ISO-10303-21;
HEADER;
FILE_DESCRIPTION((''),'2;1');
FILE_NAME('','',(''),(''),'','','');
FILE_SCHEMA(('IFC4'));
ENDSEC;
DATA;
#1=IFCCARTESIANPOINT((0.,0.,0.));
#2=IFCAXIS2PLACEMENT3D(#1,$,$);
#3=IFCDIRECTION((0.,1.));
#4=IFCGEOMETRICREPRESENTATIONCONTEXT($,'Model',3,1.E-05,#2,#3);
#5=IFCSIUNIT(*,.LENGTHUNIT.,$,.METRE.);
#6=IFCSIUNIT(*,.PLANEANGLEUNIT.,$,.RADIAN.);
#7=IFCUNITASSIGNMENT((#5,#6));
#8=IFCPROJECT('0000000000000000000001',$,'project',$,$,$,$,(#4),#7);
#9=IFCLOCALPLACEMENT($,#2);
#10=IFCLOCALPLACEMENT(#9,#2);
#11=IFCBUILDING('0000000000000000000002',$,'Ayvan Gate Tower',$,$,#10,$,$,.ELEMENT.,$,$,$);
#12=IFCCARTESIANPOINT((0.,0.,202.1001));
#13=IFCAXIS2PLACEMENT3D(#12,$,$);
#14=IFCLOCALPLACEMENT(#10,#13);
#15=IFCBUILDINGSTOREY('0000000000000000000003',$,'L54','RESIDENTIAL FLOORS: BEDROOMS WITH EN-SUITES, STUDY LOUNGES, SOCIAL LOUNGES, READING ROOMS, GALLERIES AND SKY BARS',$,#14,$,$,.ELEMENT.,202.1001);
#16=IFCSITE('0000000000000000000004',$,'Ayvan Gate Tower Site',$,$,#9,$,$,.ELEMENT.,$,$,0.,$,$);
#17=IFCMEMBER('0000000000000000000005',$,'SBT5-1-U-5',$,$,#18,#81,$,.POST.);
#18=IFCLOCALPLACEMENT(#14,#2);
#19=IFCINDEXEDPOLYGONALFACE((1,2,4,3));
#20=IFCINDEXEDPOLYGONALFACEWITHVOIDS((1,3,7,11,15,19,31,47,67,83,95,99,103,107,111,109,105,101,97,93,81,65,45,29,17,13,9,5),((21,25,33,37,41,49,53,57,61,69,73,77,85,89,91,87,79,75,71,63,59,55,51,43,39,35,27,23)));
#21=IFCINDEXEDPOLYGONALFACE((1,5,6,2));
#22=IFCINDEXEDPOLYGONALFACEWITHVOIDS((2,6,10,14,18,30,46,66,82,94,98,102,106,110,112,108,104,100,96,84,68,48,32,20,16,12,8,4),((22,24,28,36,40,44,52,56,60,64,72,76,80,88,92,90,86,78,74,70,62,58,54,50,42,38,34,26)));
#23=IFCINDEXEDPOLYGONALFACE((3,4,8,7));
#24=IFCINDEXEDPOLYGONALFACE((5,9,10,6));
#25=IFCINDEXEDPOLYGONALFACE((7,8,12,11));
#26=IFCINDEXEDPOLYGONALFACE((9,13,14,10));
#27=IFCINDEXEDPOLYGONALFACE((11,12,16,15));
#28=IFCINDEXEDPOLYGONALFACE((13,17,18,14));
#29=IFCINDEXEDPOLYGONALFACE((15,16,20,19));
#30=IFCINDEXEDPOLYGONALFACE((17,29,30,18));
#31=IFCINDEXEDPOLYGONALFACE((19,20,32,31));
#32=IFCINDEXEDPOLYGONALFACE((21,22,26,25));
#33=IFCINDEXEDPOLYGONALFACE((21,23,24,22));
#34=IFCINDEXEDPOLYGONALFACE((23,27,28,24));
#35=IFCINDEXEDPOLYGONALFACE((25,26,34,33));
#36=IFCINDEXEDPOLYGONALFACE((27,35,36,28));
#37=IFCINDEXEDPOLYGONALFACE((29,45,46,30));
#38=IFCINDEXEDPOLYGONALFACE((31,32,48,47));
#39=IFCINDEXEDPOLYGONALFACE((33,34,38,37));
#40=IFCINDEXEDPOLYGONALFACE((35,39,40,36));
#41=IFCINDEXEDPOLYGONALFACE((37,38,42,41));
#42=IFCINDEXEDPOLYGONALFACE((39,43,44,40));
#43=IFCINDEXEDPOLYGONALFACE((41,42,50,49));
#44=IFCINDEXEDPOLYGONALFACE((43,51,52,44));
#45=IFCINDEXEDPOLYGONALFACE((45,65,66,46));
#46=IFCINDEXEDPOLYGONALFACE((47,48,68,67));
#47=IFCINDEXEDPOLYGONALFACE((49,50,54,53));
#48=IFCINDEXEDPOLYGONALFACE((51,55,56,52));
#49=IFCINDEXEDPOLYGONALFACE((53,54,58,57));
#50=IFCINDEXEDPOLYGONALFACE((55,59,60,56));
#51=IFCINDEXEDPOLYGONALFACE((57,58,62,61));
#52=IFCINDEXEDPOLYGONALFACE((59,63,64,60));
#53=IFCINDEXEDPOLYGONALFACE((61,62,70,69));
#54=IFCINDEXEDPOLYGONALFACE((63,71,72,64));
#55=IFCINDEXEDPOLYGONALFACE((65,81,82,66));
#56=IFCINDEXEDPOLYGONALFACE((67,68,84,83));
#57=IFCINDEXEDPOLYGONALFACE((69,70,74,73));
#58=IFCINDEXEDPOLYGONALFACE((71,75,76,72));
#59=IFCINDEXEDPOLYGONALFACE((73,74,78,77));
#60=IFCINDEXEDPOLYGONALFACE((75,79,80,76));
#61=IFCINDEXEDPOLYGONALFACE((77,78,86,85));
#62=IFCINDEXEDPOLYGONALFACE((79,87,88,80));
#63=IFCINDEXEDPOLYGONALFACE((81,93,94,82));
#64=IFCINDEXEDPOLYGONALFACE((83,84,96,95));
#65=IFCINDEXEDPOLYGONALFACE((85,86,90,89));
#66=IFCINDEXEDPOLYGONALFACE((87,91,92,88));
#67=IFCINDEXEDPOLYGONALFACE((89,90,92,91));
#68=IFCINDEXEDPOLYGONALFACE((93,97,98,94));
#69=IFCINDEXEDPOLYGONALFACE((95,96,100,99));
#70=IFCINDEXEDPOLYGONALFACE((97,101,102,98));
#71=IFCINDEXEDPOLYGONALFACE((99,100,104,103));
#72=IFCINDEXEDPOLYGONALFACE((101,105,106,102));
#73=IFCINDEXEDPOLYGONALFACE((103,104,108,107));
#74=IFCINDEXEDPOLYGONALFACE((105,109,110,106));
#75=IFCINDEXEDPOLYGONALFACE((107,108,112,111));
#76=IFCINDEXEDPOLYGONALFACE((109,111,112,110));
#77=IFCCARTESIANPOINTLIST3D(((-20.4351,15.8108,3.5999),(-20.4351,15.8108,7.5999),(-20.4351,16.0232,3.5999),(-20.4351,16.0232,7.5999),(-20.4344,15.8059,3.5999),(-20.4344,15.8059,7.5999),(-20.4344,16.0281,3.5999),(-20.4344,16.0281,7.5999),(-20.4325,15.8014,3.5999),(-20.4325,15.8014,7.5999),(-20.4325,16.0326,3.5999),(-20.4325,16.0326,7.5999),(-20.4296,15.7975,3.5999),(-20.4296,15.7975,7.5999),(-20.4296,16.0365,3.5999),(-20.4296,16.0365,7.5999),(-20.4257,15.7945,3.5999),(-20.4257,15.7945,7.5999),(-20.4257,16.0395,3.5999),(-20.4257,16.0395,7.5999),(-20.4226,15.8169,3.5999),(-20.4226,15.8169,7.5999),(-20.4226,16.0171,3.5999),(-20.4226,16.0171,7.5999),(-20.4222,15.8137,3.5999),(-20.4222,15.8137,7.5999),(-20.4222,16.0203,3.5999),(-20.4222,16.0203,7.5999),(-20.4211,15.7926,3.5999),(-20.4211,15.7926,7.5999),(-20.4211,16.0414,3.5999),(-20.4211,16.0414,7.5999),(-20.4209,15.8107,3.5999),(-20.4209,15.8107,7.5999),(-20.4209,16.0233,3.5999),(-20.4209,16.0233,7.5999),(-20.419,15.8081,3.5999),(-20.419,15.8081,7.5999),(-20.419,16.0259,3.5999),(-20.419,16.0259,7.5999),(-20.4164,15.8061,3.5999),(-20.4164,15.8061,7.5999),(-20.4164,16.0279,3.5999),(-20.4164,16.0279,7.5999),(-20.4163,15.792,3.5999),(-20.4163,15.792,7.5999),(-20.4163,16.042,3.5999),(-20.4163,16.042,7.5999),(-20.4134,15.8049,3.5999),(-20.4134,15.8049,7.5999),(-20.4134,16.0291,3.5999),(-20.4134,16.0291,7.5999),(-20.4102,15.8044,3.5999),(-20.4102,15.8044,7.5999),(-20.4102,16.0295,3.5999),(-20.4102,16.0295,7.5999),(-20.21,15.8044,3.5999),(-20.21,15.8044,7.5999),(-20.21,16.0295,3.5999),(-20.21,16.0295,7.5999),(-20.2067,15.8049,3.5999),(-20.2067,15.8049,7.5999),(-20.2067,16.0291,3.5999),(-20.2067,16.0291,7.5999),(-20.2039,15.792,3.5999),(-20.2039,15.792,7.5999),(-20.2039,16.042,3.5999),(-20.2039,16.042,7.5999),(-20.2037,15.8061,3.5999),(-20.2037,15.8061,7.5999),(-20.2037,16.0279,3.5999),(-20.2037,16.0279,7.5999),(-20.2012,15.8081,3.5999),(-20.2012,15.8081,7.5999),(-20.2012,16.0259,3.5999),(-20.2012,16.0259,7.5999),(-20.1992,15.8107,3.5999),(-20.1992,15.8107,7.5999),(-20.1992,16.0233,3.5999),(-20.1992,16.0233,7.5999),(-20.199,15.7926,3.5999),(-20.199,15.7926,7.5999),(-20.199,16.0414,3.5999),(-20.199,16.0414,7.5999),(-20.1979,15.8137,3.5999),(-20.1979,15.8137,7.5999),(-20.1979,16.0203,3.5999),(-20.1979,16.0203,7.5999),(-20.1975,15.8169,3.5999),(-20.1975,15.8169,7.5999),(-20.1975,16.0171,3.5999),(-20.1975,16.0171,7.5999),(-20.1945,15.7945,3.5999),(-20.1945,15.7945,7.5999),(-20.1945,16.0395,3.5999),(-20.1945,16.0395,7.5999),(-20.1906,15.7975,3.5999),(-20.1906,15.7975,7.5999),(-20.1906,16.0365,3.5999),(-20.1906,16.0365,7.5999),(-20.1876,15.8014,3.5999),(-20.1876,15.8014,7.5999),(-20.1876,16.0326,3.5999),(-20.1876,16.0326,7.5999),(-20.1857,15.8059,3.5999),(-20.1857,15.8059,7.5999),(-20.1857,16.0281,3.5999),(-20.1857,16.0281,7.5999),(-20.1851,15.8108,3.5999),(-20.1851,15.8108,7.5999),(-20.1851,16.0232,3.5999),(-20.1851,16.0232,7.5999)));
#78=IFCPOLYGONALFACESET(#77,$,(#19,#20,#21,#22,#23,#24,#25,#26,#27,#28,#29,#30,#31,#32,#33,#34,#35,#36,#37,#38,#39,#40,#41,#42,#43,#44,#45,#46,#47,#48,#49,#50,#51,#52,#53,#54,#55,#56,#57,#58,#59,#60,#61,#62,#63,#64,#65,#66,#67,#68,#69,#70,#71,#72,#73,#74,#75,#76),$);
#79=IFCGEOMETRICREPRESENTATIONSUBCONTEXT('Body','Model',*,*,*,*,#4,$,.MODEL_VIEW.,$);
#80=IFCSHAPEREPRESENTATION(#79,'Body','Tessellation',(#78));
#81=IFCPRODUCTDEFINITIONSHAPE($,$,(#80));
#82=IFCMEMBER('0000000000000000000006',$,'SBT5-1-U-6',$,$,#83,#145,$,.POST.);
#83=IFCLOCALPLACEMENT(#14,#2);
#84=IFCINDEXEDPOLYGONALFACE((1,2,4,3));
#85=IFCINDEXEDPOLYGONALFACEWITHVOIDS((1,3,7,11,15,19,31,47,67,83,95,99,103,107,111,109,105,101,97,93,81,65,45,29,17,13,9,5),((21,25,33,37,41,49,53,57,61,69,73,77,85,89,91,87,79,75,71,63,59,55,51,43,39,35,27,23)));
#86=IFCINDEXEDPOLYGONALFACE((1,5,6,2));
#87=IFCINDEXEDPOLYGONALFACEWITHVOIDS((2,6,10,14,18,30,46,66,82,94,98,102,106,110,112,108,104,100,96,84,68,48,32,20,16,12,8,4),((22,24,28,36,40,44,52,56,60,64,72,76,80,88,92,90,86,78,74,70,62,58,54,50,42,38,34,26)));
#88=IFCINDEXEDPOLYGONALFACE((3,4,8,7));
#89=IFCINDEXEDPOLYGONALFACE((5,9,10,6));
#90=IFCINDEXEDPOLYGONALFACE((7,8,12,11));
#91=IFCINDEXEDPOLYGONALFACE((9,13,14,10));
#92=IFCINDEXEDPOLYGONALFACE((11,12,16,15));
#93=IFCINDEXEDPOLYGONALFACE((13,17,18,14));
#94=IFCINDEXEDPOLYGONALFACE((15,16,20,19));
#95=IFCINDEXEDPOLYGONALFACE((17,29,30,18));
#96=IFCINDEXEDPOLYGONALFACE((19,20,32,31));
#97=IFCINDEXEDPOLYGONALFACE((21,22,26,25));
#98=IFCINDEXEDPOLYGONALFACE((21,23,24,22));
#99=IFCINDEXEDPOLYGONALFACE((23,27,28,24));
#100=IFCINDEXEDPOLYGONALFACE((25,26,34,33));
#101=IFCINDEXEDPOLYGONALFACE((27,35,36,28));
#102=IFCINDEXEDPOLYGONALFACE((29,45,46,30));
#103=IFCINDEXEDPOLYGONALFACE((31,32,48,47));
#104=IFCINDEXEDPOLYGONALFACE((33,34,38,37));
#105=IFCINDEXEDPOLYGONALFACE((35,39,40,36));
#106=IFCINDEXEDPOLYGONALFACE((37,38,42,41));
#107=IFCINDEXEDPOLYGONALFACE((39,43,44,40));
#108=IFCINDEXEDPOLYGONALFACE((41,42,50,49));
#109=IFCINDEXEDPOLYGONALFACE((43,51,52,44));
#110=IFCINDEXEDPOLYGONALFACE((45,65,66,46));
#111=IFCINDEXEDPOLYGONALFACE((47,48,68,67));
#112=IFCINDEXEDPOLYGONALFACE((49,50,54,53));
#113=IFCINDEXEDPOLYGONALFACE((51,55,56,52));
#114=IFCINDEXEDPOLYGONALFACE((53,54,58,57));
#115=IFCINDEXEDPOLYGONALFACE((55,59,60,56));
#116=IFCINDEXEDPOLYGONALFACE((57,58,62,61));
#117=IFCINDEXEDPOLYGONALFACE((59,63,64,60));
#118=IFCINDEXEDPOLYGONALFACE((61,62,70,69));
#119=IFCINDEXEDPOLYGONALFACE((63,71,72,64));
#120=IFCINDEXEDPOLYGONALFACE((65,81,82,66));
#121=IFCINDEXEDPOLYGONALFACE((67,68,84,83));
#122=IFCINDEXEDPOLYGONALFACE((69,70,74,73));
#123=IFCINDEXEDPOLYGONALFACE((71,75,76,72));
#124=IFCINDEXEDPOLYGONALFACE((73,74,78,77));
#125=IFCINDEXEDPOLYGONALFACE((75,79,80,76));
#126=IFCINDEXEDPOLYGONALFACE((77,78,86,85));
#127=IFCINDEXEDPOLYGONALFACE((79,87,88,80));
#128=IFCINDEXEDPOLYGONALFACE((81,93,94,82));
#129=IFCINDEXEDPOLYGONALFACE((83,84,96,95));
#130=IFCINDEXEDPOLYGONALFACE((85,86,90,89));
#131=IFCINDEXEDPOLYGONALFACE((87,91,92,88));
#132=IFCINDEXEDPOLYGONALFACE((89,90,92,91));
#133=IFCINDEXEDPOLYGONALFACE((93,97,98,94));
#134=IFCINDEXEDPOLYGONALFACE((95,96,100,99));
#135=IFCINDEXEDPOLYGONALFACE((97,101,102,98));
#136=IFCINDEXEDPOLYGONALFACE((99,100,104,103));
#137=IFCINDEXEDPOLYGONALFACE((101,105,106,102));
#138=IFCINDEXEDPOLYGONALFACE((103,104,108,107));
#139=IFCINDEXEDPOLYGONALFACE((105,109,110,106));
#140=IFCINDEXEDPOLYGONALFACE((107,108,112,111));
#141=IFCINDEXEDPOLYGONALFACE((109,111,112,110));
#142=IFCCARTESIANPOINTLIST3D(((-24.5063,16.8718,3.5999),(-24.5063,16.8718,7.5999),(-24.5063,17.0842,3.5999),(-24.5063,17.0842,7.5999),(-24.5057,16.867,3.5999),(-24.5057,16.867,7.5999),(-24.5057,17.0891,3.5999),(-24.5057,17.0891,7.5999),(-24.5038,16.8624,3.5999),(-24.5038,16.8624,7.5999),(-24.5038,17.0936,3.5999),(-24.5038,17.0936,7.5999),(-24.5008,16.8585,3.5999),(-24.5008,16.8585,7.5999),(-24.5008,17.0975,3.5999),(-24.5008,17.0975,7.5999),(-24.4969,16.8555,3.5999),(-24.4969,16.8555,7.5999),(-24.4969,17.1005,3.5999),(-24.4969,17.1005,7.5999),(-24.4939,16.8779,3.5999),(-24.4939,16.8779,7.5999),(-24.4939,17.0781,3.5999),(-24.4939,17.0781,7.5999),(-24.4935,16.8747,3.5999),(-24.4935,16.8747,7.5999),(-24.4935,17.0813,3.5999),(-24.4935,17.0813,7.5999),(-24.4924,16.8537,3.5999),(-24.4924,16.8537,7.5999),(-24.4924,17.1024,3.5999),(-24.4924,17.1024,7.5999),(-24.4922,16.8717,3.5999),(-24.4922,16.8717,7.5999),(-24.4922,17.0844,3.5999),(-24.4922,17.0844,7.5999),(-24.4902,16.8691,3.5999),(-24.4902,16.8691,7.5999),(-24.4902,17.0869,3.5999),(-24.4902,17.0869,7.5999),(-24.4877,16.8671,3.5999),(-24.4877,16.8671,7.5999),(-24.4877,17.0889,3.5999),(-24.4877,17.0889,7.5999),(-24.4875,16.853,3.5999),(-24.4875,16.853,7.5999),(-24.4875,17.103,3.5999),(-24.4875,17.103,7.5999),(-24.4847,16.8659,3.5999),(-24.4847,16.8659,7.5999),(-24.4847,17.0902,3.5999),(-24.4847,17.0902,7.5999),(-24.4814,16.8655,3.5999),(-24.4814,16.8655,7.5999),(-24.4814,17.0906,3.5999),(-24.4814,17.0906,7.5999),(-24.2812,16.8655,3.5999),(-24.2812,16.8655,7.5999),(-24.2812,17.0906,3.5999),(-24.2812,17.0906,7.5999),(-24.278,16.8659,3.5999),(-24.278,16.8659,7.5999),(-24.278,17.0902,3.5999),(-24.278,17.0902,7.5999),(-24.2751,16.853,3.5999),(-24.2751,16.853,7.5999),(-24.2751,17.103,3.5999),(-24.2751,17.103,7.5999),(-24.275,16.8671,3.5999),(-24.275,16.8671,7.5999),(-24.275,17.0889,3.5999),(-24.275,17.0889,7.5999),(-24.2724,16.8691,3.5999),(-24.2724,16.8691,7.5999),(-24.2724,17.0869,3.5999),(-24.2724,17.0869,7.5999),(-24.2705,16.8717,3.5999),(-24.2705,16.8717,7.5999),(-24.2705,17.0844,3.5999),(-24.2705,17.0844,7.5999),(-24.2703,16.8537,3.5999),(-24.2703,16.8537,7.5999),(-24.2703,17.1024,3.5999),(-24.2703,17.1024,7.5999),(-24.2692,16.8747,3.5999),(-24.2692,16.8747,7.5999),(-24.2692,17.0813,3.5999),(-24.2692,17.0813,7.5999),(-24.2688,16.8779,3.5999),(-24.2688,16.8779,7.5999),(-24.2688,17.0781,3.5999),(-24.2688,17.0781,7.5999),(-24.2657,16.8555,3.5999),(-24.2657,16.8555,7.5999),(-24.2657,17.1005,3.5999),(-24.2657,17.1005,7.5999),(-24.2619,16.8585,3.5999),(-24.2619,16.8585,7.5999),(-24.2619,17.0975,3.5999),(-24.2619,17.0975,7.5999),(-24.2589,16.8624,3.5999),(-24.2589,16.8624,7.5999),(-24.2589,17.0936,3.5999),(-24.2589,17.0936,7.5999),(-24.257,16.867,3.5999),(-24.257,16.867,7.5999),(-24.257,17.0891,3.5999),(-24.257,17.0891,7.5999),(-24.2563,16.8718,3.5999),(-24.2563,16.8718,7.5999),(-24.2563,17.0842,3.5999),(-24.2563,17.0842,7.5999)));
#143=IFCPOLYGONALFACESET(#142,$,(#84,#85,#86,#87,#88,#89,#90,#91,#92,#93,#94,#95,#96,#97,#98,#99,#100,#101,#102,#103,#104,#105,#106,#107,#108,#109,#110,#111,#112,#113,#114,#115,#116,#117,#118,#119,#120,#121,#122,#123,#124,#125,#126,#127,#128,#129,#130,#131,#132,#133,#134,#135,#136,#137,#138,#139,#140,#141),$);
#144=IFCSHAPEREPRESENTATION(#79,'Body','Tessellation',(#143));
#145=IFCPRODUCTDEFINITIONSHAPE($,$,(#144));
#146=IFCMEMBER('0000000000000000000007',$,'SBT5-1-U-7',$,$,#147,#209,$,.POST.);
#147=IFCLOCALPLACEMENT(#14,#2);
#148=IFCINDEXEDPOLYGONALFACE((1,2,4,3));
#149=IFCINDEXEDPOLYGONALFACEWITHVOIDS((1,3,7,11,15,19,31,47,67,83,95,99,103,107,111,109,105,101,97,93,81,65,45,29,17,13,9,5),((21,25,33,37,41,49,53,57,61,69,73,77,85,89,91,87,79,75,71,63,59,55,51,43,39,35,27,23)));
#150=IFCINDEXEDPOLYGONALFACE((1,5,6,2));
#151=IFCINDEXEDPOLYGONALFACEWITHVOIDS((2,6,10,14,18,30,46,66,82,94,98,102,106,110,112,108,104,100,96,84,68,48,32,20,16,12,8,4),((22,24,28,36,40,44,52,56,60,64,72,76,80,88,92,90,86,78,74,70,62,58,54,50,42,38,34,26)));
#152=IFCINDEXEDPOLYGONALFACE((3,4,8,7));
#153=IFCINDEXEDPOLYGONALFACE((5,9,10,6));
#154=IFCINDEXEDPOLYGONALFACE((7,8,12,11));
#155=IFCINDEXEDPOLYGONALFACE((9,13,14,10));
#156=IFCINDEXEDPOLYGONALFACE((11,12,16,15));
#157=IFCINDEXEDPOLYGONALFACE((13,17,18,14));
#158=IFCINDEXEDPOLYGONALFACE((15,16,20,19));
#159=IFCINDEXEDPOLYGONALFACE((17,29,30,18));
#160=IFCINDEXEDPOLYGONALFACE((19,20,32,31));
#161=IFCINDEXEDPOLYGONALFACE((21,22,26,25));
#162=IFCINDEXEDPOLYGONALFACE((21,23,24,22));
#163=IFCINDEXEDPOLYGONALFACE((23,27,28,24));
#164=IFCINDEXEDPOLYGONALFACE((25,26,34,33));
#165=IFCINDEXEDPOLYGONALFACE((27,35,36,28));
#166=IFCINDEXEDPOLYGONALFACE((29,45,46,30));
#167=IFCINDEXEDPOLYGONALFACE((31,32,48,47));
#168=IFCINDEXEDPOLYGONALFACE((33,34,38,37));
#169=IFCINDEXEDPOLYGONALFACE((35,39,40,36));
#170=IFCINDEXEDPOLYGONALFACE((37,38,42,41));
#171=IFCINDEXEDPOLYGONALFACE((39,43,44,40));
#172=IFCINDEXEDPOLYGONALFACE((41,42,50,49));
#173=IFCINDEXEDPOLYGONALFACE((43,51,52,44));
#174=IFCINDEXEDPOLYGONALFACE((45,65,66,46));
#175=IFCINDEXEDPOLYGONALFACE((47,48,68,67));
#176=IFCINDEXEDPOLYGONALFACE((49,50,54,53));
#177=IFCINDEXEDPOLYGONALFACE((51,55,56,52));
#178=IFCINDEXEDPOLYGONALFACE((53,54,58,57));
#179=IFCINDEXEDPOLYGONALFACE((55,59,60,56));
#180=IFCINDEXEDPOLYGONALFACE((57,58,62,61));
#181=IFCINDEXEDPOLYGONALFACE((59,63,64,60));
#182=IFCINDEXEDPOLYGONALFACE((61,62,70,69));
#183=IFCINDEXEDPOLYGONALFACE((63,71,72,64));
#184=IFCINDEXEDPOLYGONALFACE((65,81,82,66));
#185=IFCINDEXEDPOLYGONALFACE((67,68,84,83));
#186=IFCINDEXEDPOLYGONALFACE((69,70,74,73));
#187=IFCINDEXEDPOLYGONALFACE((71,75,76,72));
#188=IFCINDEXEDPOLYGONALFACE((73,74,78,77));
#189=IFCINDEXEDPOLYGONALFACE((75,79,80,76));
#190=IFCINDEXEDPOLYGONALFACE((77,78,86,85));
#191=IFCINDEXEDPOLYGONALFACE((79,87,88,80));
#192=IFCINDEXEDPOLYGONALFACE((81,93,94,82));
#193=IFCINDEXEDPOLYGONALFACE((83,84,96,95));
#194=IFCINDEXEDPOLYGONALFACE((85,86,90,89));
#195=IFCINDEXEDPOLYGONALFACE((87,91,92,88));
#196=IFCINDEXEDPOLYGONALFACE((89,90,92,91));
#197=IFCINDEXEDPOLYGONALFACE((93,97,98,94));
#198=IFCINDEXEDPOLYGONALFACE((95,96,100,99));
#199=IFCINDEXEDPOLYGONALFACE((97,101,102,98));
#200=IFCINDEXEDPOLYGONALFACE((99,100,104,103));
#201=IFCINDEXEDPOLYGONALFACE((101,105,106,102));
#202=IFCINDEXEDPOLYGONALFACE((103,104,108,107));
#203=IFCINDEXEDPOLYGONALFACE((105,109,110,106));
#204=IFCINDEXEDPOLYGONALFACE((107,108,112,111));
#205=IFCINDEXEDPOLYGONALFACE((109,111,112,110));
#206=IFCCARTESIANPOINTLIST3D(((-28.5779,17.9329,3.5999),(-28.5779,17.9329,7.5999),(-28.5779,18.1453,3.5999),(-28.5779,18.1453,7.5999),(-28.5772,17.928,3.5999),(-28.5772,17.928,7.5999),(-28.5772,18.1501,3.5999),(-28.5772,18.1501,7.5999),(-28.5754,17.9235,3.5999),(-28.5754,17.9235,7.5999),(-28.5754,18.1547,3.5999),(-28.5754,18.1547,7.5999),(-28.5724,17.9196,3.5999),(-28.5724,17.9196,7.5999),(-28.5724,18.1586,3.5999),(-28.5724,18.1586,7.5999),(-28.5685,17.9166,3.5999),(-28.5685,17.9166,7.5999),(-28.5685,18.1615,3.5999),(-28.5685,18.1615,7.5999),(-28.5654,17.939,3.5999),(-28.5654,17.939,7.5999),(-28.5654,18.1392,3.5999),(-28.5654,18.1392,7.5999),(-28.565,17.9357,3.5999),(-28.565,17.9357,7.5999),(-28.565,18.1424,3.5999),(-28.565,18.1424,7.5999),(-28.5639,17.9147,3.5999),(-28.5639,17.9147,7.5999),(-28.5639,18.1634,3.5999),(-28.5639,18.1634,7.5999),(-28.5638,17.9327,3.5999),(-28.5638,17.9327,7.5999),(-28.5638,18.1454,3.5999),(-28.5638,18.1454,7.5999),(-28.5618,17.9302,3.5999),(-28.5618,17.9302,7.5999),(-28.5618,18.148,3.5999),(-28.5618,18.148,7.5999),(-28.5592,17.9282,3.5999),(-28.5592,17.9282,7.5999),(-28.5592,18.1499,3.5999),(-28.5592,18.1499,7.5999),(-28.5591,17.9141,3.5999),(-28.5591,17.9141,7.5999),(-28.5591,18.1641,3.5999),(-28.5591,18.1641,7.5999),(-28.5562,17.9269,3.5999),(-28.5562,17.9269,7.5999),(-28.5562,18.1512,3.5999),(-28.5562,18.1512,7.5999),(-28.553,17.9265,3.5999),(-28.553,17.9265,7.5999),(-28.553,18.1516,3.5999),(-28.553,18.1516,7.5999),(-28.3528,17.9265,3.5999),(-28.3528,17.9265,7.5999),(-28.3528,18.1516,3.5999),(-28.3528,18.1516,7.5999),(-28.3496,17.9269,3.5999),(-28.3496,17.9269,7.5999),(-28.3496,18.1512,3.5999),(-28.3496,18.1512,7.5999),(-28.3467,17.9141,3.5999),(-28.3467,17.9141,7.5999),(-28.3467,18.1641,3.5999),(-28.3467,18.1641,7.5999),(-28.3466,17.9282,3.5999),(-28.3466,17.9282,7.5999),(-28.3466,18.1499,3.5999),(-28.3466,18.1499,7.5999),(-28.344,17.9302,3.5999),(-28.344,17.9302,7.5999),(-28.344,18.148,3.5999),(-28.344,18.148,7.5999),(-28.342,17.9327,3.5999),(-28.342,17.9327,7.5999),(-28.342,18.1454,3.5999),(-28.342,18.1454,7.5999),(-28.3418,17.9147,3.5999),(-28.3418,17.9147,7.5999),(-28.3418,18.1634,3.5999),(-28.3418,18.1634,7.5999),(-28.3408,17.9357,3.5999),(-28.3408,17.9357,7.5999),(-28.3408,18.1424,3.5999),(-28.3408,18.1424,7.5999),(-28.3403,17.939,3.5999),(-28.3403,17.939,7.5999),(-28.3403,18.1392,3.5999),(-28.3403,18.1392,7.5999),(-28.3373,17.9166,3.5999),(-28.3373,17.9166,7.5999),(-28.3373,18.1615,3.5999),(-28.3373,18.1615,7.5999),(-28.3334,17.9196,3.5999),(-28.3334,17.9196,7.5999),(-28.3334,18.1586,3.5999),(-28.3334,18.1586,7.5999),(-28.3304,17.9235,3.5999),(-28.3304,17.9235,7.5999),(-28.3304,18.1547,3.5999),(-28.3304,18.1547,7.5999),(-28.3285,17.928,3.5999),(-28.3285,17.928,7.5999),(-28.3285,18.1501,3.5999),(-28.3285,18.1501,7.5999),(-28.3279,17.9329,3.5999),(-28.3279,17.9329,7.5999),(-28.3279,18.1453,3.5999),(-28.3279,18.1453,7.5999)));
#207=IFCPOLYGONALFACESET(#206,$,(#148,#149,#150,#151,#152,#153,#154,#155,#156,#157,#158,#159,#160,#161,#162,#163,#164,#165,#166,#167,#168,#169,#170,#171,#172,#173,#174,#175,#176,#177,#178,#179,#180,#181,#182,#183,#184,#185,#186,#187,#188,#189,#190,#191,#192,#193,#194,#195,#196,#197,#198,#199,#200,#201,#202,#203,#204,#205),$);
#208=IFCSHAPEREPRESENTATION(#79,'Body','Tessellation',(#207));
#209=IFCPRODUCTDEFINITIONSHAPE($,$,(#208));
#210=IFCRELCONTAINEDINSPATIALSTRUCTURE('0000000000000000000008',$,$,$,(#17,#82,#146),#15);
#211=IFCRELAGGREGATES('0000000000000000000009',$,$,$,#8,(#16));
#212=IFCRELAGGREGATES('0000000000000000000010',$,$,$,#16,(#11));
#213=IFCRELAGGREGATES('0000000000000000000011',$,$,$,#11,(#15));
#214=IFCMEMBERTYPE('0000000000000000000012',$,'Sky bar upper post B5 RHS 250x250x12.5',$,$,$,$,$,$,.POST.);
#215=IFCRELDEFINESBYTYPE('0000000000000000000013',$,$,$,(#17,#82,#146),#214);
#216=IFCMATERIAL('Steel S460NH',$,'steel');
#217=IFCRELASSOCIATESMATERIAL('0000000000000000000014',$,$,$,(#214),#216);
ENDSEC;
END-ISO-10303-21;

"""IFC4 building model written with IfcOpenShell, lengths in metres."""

from ifc_helpers import new_model, si_unit, direction, frame, origin, origin_2d, place, context, subcontext, project, spatial, hollow_rectangle, extrude, material, material_profile, profile_set, type_object, element, save


model = new_model("IFC4")

# Units and contexts
model_context = context("Model", 3, precision=1e-05, world=origin(), true_north=direction((0.0, 1.0)))
body_context = subcontext(model_context, "Body", "Model", "MODEL_VIEW")
ifc_project = project(units=[si_unit("LENGTHUNIT", "METRE"), si_unit("PLANEANGLEUNIT", "RADIAN")], contexts=[model_context])

# Site, building, storey
site_placement = place(None, origin())
site = spatial("IfcSite", under=ifc_project, at=site_placement, Name="Ayvan Gate Tower Site", CompositionType="ELEMENT", RefElevation=0.0)
building_placement = place(site_placement, origin())
building = spatial("IfcBuilding", under=site, at=building_placement, Name="Ayvan Gate Tower", CompositionType="ELEMENT")
storey_placement = place(building_placement, frame((0.0, 0.0, 202.1001)))
storey = spatial("IfcBuildingStorey", under=building, at=storey_placement, Name="L54", Description="RESIDENTIAL FLOORS: BEDROOMS WITH EN-SUITES, STUDY LOUNGES, SOCIAL LOUNGES, READING ROOMS, GALLERIES AND SKY BARS", CompositionType="ELEMENT", Elevation=202.1001)

# Members
ifc_material_1 = material(Name="Steel S460NH", Category="steel")
ifc_material_profile_1 = material_profile(ifc_material_1, hollow_rectangle(XDim=0.25, YDim=0.25, WallThickness=0.0125, InnerFilletRadius=0.0125, OuterFilletRadius=0.0188, at=origin_2d()), Name="RHS 250x250x12.5")
ifc_profile_set_1 = profile_set([ifc_material_profile_1], Name="Steel S460NH")
member_type_1 = type_object("IfcMemberType", Name="Sky bar upper post B5 RHS 250x250x12.5", PredefinedType="POST", material=ifc_profile_set_1)
for number, where, z_axis, x_axis, name in (
    (1, (-20.3101, 15.917, 3.5999), (0.0, 0.0, 1.0), (1.0, 0.0, 0.0), "SBT5-1-U-5"),
    (2, (-24.3813, 16.978, 3.5999), (0.0, 0.0, 1.0), (1.0, 0.0, 0.0), "SBT5-1-U-6"),
    (3, (-28.4529, 18.0391, 3.5999), (0.0, 0.0, 1.0), (1.0, 0.0, 0.0), "SBT5-1-U-7"),
):
    element("IfcMember", number, at=place(storey_placement, frame(where, z_axis=z_axis, x_axis=x_axis)), inside=storey, type_object=member_type_1, Name=name, PredefinedType="POST", context=body_context, shape_type="SweptSolid", body=[
        extrude(hollow_rectangle(XDim=0.25, YDim=0.25, WallThickness=0.0125, InnerFilletRadius=0.0125, OuterFilletRadius=0.0188, at=origin_2d()), origin(), (0.0, 0.0, 1.0), 4.0),
    ])

save(model, "model.ifc")
